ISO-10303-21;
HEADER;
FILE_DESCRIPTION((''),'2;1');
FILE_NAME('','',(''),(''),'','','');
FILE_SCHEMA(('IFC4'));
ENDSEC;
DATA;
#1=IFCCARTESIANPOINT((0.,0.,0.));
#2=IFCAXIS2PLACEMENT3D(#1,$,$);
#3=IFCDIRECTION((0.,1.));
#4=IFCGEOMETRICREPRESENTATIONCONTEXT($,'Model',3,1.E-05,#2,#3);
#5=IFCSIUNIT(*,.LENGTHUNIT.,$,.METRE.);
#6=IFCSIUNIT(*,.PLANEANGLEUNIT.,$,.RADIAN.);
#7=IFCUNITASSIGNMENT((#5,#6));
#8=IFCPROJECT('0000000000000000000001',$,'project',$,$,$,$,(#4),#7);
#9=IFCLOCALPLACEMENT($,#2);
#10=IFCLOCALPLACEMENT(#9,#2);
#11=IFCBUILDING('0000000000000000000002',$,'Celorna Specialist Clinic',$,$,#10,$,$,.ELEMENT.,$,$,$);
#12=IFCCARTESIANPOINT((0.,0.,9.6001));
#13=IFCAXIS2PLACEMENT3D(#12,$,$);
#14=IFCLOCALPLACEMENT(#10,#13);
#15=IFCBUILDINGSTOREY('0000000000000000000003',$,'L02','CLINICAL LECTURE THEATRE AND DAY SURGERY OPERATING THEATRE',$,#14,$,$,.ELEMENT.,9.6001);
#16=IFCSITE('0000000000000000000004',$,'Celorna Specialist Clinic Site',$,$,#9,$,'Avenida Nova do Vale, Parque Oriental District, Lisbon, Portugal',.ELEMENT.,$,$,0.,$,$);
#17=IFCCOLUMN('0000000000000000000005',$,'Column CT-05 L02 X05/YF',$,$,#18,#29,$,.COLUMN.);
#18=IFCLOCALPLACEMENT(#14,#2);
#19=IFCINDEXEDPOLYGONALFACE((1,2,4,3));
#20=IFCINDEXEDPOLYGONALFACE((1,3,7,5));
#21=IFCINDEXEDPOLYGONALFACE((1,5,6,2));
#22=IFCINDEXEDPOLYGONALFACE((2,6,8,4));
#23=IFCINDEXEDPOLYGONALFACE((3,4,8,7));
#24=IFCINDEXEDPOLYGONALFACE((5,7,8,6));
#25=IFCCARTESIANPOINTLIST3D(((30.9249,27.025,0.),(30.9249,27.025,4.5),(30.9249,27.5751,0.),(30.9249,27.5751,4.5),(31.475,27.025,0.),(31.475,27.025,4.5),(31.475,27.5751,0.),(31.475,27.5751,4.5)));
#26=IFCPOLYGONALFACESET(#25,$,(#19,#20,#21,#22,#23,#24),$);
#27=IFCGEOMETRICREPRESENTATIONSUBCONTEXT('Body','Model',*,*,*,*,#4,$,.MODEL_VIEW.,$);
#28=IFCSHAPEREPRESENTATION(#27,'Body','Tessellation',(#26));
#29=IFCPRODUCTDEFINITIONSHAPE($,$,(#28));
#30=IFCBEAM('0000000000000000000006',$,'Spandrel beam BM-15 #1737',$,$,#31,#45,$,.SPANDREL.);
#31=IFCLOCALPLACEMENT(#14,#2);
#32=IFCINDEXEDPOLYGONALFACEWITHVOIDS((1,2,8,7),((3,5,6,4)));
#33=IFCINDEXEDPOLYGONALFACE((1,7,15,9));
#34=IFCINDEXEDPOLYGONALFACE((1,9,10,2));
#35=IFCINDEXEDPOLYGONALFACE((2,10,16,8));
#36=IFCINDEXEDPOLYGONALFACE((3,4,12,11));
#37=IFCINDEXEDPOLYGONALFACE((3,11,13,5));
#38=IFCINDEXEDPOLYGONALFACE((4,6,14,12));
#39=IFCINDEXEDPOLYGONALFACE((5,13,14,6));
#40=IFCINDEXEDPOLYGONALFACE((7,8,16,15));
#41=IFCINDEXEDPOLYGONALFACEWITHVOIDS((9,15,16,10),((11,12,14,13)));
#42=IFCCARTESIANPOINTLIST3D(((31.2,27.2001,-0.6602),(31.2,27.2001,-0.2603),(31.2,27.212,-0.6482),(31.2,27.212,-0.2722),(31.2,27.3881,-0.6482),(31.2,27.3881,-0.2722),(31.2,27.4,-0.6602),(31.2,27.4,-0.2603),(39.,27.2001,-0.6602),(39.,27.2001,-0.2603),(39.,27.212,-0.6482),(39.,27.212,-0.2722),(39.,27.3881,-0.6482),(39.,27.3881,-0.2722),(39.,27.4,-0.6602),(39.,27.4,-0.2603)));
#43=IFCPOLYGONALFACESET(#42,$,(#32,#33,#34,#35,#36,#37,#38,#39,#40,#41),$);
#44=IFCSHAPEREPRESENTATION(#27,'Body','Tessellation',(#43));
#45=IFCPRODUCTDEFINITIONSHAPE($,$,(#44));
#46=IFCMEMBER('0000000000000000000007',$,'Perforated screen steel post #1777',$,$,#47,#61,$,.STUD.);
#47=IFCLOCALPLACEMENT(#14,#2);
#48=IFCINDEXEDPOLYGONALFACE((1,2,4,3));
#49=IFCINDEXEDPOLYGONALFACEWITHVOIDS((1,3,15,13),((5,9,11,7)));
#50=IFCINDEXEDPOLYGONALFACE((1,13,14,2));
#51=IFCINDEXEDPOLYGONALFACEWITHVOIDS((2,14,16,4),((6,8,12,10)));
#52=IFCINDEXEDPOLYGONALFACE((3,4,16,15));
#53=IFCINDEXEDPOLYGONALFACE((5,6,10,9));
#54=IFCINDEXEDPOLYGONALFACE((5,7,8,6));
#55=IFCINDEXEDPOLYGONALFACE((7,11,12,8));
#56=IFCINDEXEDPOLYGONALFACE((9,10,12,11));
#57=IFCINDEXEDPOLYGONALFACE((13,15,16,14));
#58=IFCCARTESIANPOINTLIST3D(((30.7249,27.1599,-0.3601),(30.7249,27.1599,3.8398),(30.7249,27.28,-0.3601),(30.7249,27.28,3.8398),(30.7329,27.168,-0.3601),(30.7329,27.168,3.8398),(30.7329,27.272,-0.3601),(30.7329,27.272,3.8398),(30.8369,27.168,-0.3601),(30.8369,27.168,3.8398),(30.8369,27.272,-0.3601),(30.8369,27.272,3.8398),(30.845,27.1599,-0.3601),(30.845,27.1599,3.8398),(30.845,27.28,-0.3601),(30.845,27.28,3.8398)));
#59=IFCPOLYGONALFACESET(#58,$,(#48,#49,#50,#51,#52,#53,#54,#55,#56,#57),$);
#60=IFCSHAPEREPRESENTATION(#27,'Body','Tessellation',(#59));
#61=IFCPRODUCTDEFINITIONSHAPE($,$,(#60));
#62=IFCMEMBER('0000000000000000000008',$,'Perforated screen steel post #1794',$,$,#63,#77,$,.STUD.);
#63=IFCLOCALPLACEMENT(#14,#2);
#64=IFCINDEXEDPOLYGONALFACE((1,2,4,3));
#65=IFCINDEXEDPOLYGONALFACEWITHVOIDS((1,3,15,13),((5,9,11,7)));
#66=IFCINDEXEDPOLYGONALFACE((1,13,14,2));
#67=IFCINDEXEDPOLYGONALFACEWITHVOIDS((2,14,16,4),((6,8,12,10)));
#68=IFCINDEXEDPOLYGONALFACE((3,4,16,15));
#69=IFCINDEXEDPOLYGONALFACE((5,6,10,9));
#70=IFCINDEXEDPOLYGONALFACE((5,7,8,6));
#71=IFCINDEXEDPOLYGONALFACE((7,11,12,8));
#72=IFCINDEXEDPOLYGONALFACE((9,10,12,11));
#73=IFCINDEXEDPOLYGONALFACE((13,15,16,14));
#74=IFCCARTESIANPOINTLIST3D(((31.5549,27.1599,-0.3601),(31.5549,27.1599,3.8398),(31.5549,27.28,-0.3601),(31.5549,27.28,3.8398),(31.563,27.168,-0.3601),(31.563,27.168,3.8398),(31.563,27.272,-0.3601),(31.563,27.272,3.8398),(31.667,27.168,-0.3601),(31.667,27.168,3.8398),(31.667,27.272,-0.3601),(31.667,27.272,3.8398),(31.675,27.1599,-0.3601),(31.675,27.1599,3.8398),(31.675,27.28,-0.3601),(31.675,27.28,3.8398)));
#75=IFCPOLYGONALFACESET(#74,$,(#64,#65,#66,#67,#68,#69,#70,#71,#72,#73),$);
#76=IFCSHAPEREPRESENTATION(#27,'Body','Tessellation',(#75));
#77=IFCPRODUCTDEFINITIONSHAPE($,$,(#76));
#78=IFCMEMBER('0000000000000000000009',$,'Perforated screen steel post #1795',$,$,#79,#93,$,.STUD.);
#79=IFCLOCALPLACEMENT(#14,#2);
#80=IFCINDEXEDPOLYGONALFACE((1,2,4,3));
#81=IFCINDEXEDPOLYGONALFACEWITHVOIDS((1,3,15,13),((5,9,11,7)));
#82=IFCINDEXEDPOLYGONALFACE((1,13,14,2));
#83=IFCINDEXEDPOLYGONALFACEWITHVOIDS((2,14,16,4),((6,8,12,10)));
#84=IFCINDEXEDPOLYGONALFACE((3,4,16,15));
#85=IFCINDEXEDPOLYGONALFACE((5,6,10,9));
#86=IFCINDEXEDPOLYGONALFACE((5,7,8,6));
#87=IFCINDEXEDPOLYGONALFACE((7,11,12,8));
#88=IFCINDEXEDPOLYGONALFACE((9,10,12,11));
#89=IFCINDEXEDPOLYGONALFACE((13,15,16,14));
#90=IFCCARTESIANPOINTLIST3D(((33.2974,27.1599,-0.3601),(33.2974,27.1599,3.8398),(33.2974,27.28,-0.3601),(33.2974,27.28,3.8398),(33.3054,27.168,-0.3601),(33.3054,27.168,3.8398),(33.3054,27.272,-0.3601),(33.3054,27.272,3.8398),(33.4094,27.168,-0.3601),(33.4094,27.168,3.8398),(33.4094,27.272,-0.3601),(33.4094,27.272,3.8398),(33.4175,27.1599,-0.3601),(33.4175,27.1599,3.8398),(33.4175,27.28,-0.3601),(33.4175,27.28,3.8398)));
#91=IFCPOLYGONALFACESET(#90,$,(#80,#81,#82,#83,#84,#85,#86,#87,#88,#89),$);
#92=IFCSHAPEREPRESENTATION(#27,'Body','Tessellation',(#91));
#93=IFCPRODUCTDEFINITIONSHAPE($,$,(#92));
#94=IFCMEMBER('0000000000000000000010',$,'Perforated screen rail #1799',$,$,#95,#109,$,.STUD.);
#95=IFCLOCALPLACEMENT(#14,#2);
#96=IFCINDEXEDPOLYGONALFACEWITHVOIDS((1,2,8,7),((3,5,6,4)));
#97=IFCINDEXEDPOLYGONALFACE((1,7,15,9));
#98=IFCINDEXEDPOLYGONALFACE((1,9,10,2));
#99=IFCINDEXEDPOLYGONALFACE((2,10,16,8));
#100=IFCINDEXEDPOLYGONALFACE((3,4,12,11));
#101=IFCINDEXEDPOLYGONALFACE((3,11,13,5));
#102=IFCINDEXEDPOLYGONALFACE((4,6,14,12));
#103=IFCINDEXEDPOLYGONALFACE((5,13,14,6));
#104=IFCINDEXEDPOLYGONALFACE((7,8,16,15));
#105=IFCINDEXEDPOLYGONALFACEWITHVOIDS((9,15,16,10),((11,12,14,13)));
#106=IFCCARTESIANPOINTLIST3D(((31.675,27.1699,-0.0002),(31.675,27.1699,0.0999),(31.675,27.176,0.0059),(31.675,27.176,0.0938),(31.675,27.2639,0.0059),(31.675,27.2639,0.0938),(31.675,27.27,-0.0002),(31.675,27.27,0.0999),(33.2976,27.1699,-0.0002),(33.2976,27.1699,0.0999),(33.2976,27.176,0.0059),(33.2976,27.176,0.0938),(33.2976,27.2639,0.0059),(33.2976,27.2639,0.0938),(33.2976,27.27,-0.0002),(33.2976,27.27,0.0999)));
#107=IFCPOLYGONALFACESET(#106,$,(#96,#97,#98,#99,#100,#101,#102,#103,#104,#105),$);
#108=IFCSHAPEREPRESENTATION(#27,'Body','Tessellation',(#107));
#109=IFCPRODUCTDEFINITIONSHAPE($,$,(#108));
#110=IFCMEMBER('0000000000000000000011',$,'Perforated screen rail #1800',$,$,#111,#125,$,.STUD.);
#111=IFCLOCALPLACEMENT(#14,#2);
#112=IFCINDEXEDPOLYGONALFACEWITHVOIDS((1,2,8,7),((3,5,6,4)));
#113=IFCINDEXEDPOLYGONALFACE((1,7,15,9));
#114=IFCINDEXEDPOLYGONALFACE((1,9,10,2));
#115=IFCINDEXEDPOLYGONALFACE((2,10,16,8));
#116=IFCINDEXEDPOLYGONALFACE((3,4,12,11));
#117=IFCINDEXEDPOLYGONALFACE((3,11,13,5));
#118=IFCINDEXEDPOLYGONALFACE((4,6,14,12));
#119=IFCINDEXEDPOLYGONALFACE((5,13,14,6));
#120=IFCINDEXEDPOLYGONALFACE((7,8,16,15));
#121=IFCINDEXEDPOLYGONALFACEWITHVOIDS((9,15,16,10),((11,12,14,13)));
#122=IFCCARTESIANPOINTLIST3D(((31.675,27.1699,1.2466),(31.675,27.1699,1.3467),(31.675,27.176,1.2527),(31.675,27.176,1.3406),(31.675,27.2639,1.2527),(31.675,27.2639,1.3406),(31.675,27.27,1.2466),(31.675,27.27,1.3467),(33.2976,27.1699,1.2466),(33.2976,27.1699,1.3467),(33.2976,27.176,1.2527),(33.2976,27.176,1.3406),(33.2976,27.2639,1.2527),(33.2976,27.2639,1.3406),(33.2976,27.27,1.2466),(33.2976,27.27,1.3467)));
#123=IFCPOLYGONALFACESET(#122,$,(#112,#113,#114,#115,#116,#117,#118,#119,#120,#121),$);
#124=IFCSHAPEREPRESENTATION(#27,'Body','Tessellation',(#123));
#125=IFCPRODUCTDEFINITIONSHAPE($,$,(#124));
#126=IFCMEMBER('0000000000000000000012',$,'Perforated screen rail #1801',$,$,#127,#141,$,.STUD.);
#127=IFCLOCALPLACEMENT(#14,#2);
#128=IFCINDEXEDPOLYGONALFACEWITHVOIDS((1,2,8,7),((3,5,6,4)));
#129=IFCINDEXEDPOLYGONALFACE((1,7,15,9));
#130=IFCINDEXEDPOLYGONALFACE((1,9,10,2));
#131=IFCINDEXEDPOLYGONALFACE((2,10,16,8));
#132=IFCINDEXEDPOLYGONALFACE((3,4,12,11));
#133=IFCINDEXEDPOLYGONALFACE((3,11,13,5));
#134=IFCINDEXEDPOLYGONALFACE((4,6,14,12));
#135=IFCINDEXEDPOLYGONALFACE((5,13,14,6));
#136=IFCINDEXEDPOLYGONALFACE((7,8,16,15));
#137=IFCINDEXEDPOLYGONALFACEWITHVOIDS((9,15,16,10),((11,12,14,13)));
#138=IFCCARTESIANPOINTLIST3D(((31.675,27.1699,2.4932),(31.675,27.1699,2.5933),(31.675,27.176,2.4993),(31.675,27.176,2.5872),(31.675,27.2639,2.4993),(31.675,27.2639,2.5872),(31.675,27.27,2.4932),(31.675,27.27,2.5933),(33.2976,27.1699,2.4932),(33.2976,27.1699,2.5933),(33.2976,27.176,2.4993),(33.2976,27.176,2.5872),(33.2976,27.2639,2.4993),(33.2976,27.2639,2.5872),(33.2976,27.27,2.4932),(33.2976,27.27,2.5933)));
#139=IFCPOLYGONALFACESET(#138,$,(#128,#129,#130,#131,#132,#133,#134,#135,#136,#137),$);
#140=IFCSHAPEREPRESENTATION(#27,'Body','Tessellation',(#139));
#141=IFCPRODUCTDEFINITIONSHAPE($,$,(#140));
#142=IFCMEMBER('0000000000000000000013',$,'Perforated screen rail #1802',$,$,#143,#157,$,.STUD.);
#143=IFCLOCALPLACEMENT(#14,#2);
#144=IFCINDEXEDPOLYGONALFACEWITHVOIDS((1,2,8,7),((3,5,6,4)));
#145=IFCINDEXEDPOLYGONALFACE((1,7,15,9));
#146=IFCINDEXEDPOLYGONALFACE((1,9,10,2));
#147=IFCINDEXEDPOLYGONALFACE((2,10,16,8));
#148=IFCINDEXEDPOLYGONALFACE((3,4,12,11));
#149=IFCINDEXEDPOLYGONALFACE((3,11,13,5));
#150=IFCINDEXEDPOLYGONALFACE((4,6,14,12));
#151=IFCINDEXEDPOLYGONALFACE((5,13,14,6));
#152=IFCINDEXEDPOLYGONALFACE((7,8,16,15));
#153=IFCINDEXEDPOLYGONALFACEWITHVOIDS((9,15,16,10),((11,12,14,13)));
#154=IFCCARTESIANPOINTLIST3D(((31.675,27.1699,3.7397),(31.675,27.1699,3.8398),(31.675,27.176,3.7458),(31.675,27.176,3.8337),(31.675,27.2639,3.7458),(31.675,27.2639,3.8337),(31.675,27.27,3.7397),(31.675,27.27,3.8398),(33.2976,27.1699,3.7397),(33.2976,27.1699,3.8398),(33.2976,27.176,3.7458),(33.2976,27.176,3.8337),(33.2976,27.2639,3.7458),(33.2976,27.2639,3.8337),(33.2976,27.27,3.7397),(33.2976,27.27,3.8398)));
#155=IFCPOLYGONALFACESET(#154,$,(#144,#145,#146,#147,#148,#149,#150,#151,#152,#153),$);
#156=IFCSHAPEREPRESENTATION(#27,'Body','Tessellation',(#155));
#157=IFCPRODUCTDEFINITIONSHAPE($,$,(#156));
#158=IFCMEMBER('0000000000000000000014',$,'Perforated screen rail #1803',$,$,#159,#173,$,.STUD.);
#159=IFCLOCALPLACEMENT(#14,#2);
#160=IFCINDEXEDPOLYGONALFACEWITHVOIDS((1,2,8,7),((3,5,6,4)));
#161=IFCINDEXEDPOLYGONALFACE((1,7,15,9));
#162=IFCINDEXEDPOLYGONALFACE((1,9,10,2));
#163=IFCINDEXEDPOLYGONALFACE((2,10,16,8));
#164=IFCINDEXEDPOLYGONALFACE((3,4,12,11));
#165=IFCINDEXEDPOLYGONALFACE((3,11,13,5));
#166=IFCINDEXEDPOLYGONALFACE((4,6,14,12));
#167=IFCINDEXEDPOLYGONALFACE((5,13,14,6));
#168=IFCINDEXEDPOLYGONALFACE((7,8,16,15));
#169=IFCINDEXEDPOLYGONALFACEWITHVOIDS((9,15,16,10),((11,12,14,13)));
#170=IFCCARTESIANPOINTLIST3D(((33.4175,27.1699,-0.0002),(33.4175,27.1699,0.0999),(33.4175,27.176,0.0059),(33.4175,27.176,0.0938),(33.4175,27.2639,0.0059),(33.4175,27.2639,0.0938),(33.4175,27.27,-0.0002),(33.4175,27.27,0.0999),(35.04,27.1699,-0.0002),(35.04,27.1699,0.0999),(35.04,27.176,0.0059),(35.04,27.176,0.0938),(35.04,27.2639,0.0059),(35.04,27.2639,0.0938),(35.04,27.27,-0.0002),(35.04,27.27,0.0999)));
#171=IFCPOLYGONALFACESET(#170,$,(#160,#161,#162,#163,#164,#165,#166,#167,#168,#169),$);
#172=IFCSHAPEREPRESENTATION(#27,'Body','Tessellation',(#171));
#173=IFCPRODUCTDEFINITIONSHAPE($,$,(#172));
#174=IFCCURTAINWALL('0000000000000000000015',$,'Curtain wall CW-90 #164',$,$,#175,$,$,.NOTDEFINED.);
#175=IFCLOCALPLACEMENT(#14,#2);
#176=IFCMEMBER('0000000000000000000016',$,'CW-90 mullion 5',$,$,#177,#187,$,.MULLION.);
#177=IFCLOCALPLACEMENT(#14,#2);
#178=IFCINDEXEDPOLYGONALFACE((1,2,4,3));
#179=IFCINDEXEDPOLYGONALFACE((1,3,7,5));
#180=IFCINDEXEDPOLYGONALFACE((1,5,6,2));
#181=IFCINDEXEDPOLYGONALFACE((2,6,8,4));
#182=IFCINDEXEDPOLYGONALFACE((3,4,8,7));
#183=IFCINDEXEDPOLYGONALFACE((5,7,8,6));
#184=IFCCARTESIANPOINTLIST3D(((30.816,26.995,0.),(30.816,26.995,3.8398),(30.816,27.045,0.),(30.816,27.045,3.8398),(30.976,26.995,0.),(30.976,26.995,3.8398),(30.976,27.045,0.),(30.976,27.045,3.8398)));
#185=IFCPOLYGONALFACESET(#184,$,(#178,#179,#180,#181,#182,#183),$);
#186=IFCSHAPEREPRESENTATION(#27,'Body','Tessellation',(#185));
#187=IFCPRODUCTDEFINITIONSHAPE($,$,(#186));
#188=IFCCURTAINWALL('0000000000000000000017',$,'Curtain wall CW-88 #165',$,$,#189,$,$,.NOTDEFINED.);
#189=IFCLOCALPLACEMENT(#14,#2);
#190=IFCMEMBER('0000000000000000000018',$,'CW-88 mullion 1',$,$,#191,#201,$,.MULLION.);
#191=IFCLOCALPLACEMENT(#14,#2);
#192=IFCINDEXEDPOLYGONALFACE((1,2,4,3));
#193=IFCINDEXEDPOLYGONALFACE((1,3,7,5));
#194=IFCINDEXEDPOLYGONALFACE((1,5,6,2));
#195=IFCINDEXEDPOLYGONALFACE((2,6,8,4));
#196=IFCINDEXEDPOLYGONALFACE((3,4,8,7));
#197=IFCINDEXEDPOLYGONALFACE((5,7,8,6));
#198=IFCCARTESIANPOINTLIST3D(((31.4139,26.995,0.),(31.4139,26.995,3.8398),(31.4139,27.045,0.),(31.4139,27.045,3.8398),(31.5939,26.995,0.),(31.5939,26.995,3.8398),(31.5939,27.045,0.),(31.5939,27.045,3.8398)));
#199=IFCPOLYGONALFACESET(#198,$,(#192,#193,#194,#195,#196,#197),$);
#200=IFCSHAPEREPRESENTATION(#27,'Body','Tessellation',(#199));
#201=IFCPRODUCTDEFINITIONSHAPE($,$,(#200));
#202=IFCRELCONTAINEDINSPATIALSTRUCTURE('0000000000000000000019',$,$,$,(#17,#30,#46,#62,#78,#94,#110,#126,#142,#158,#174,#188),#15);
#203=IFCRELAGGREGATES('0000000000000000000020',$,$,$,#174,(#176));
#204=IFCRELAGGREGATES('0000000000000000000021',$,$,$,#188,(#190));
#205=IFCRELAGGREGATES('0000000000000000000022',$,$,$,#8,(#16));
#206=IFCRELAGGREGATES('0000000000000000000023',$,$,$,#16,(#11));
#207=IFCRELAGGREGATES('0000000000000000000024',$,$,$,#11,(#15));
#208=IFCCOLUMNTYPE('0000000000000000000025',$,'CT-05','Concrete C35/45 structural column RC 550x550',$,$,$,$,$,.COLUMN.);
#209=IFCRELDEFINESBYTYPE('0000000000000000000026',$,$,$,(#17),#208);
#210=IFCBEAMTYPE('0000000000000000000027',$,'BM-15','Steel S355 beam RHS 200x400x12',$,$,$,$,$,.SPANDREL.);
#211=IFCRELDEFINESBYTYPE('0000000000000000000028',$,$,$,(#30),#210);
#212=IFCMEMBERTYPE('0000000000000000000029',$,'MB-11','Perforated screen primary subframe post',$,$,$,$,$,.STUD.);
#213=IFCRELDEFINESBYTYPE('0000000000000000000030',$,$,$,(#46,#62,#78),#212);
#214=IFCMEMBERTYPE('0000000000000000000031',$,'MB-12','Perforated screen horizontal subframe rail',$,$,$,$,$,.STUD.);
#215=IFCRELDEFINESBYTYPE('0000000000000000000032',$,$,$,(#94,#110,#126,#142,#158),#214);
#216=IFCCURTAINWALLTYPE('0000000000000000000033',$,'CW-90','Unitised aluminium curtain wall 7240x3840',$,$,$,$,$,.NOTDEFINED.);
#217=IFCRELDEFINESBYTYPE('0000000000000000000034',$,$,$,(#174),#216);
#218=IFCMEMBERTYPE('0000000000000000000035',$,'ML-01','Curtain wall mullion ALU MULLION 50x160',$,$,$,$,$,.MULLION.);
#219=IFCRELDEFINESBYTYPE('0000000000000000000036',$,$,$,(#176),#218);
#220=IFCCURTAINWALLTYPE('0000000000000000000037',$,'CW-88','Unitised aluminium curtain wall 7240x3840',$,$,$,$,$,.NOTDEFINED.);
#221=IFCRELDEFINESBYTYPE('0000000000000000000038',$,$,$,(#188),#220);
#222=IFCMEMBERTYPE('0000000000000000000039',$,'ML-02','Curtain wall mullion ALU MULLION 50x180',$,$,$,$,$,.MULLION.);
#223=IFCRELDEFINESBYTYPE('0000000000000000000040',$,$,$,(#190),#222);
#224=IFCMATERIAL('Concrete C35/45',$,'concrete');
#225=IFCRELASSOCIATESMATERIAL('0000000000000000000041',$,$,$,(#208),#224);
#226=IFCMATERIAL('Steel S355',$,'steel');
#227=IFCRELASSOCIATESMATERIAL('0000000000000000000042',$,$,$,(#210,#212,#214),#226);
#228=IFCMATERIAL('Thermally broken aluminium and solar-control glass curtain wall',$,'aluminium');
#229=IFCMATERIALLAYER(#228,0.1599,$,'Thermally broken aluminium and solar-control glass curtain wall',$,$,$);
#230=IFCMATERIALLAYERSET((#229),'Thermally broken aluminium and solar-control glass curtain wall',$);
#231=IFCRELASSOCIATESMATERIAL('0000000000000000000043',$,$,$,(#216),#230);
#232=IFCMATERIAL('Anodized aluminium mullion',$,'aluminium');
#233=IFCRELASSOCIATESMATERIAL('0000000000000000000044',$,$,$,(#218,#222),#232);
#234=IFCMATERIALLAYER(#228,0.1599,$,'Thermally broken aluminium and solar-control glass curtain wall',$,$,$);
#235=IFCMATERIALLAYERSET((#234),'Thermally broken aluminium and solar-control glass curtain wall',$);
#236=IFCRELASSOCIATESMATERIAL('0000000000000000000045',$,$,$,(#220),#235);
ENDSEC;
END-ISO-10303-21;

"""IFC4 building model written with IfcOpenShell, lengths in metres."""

from ifc_helpers import new_model, si_unit, direction, frame, origin, origin_2d, place, context, subcontext, project, spatial, rectangle, hollow_rectangle, extrude, material, layer, layer_set, material_profile, profile_set, type_object, element, aggregate, save


model = new_model("IFC4")

# Units and contexts
model_context = context("Model", 3, precision=1e-05, world=origin(), true_north=direction((0.0, 1.0)))
body_context = subcontext(model_context, "Body", "Model", "MODEL_VIEW")
ifc_project = project(units=[si_unit("LENGTHUNIT", "METRE"), si_unit("PLANEANGLEUNIT", "RADIAN")], contexts=[model_context])

# Site, building, storey
site_placement = place(None, origin())
site = spatial("IfcSite", under=ifc_project, at=site_placement, Name="Celorna Specialist Clinic Site", LongName="Avenida Nova do Vale, Parque Oriental District, Lisbon, Portugal", CompositionType="ELEMENT", RefElevation=0.0)
building_placement = place(site_placement, origin())
building = spatial("IfcBuilding", under=site, at=building_placement, Name="Celorna Specialist Clinic", CompositionType="ELEMENT")
storey_placement = place(building_placement, frame((0.0, 0.0, 9.6001)))
storey = spatial("IfcBuildingStorey", under=building, at=storey_placement, Name="L02", Description="CLINICAL LECTURE THEATRE AND DAY SURGERY OPERATING THEATRE", CompositionType="ELEMENT", Elevation=9.6001)

# Column
ifc_material_1 = material(Name="Concrete C35/45", Category="concrete")
ifc_material_profile_1 = material_profile(ifc_material_1, rectangle(XDim=0.55, YDim=0.55, at=origin_2d()), Name="RC 550x550")
ifc_profile_set_1 = profile_set([ifc_material_profile_1], Name="Concrete C35/45")
column_type = type_object("IfcColumnType", Name="CT-05", Description="Concrete C35/45 structural column RC 550x550", PredefinedType="COLUMN", material=ifc_profile_set_1)
column_placement = place(storey_placement, frame((31.2, 27.3, 0.0), z_axis=(0.0, 0.0, 1.0), x_axis=(1.0, 0.0, 0.0)))
element("IfcColumn", 1, at=column_placement, inside=storey, type_object=column_type, Name="Column CT-05 L02 X05/YF", PredefinedType="COLUMN", context=body_context, shape_type="SweptSolid", body=[
    extrude(rectangle(XDim=0.55, YDim=0.55, at=origin_2d()), origin(), (0.0, 0.0, 1.0), 4.5),
])

# Beam
ifc_material_2 = material(Name="Steel S355", Category="steel")
ifc_material_profile_2 = material_profile(ifc_material_2, hollow_rectangle(XDim=0.2, YDim=0.3999, WallThickness=0.012, at=origin_2d()), Name="RHS 200x400x12")
ifc_profile_set_2 = profile_set([ifc_material_profile_2], Name="Steel S355")
beam_type = type_object("IfcBeamType", Name="BM-15", Description="Steel S355 beam RHS 200x400x12", PredefinedType="SPANDREL", material=ifc_profile_set_2)
beam_placement = place(storey_placement, frame((31.2, 27.3, -0.4602), z_axis=(1.0, 0.0, 0.0), x_axis=(0.0, 1.0, 0.0)))
element("IfcBeam", 2, at=beam_placement, inside=storey, type_object=beam_type, Name="Spandrel beam BM-15 #1737", PredefinedType="SPANDREL", context=body_context, shape_type="SweptSolid", body=[
    extrude(hollow_rectangle(XDim=0.2, YDim=0.3999, WallThickness=0.012, at=origin_2d()), origin(), (0.0, 0.0, 1.0), 7.8),
])

# Members
ifc_material_profile_3 = material_profile(ifc_material_2, hollow_rectangle(XDim=0.1201, YDim=0.1201, WallThickness=0.0081, at=origin_2d()), Name="SHS 120x120x8")
ifc_profile_set_3 = profile_set([ifc_material_profile_3], Name="Steel S355")
member_type_1 = type_object("IfcMemberType", Name="MB-11", Description="Perforated screen primary subframe post", PredefinedType="STUD", material=ifc_profile_set_3)
for number, where, z_axis, x_axis, name in (
    (3, (30.7849, 27.22, -0.3601), (0.0, 0.0, 1.0), (1.0, 0.0, 0.0), "Perforated screen steel post #1777"),
    (4, (31.615, 27.22, -0.3601), (0.0, 0.0, 1.0), (1.0, 0.0, 0.0), "Perforated screen steel post #1794"),
    (5, (33.3574, 27.22, -0.3601), (0.0, 0.0, 1.0), (1.0, 0.0, 0.0), "Perforated screen steel post #1795"),
):
    element("IfcMember", number, at=place(storey_placement, frame(where, z_axis=z_axis, x_axis=x_axis)), inside=storey, type_object=member_type_1, Name=name, PredefinedType="STUD", context=body_context, shape_type="SweptSolid", body=[
        extrude(hollow_rectangle(XDim=0.1201, YDim=0.1201, WallThickness=0.0081, at=origin_2d()), origin(), (0.0, 0.0, 1.0), 4.2),
    ])
ifc_material_profile_4 = material_profile(ifc_material_2, hollow_rectangle(XDim=0.1001, YDim=0.1001, WallThickness=0.0061, at=origin_2d()), Name="SHS 100x100x6")
ifc_profile_set_4 = profile_set([ifc_material_profile_4], Name="Steel S355")
member_type_2 = type_object("IfcMemberType", Name="MB-12", Description="Perforated screen horizontal subframe rail", PredefinedType="STUD", material=ifc_profile_set_4)
for number, where, z_axis, x_axis, name in (
    (6, (31.675, 27.22, 0.0498), (1.0, 0.0, 0.0), (0.0, 1.0, 0.0), "Perforated screen rail #1799"),
    (7, (31.675, 27.22, 1.2966), (1.0, 0.0, 0.0), (0.0, 1.0, 0.0), "Perforated screen rail #1800"),
    (8, (31.675, 27.22, 2.5432), (1.0, 0.0, 0.0), (0.0, 1.0, 0.0), "Perforated screen rail #1801"),
    (9, (31.675, 27.22, 3.7898), (1.0, 0.0, 0.0), (0.0, 1.0, 0.0), "Perforated screen rail #1802"),
    (10, (33.4175, 27.22, 0.0498), (1.0, 0.0, 0.0), (0.0, 1.0, 0.0), "Perforated screen rail #1803"),
):
    element("IfcMember", number, at=place(storey_placement, frame(where, z_axis=z_axis, x_axis=x_axis)), inside=storey, type_object=member_type_2, Name=name, PredefinedType="STUD", context=body_context, shape_type="SweptSolid", body=[
        extrude(hollow_rectangle(XDim=0.1001, YDim=0.1001, WallThickness=0.0061, at=origin_2d()), origin(), (0.0, 0.0, 1.0), 1.6226),
    ])

# Curtain wall, member
ifc_material_3 = material(Name="Thermally broken aluminium and solar-control glass curtain wall", Category="aluminium")
ifc_layer_1 = layer(ifc_material_3, 0.1599, Name="Thermally broken aluminium and solar-control glass curtain wall")
ifc_layer_set_1 = layer_set([ifc_layer_1], Name="Thermally broken aluminium and solar-control glass curtain wall")
curtain_wall_type_1 = type_object("IfcCurtainWallType", Name="CW-90", Description="Unitised aluminium curtain wall 7240x3840", PredefinedType="NOTDEFINED", material=ifc_layer_set_1)
curtain_wall_1_placement = place(storey_placement, origin())
curtain_wall_1 = element("IfcCurtainWall", 11, at=curtain_wall_1_placement, inside=storey, type_object=curtain_wall_type_1, Name="Curtain wall CW-90 #164", PredefinedType="NOTDEFINED")
ifc_material_4 = material(Name="Anodized aluminium mullion", Category="aluminium")
ifc_material_profile_5 = material_profile(ifc_material_4, rectangle(XDim=0.05, YDim=0.1599, at=origin_2d()), Name="ALU MULLION 50x160")
ifc_profile_set_5 = profile_set([ifc_material_profile_5], Name="Anodized aluminium mullion")
member_type_3 = type_object("IfcMemberType", Name="ML-01", Description="Curtain wall mullion ALU MULLION 50x160", PredefinedType="MULLION", material=ifc_profile_set_5)
member_1_placement = place(storey_placement, frame((30.896, 27.02, 0.0), z_axis=(0.0, 0.0, 1.0), x_axis=(0.0, 1.0, 0.0)))
member_1 = element("IfcMember", 12, at=member_1_placement, type_object=member_type_3, Name="CW-90 mullion 5", PredefinedType="MULLION", context=body_context, shape_type="SweptSolid", body=[
    extrude(rectangle(XDim=0.05, YDim=0.1599, at=origin_2d()), origin(), (0.0, 0.0, 1.0), 3.8398),
])
aggregate(curtain_wall_1, [member_1])

# Curtain wall, member
ifc_layer_2 = layer(ifc_material_3, 0.1599, Name="Thermally broken aluminium and solar-control glass curtain wall")
ifc_layer_set_2 = layer_set([ifc_layer_2], Name="Thermally broken aluminium and solar-control glass curtain wall")
curtain_wall_type_2 = type_object("IfcCurtainWallType", Name="CW-88", Description="Unitised aluminium curtain wall 7240x3840", PredefinedType="NOTDEFINED", material=ifc_layer_set_2)
curtain_wall_2_placement = place(storey_placement, origin())
curtain_wall_2 = element("IfcCurtainWall", 13, at=curtain_wall_2_placement, inside=storey, type_object=curtain_wall_type_2, Name="Curtain wall CW-88 #165", PredefinedType="NOTDEFINED")
ifc_material_profile_6 = material_profile(ifc_material_4, rectangle(XDim=0.05, YDim=0.1799, at=origin_2d()), Name="ALU MULLION 50x180")
ifc_profile_set_6 = profile_set([ifc_material_profile_6], Name="Anodized aluminium mullion")
member_type_4 = type_object("IfcMemberType", Name="ML-02", Description="Curtain wall mullion ALU MULLION 50x180", PredefinedType="MULLION", material=ifc_profile_set_6)
member_2_placement = place(storey_placement, frame((31.5039, 27.02, 0.0), z_axis=(0.0, 0.0, 1.0), x_axis=(0.0, 1.0, 0.0)))
member_2 = element("IfcMember", 14, at=member_2_placement, type_object=member_type_4, Name="CW-88 mullion 1", PredefinedType="MULLION", context=body_context, shape_type="SweptSolid", body=[
    extrude(rectangle(XDim=0.05, YDim=0.1799, at=origin_2d()), origin(), (0.0, 0.0, 1.0), 3.8398),
])
aggregate(curtain_wall_2, [member_2])

save(model, "model.ifc")
